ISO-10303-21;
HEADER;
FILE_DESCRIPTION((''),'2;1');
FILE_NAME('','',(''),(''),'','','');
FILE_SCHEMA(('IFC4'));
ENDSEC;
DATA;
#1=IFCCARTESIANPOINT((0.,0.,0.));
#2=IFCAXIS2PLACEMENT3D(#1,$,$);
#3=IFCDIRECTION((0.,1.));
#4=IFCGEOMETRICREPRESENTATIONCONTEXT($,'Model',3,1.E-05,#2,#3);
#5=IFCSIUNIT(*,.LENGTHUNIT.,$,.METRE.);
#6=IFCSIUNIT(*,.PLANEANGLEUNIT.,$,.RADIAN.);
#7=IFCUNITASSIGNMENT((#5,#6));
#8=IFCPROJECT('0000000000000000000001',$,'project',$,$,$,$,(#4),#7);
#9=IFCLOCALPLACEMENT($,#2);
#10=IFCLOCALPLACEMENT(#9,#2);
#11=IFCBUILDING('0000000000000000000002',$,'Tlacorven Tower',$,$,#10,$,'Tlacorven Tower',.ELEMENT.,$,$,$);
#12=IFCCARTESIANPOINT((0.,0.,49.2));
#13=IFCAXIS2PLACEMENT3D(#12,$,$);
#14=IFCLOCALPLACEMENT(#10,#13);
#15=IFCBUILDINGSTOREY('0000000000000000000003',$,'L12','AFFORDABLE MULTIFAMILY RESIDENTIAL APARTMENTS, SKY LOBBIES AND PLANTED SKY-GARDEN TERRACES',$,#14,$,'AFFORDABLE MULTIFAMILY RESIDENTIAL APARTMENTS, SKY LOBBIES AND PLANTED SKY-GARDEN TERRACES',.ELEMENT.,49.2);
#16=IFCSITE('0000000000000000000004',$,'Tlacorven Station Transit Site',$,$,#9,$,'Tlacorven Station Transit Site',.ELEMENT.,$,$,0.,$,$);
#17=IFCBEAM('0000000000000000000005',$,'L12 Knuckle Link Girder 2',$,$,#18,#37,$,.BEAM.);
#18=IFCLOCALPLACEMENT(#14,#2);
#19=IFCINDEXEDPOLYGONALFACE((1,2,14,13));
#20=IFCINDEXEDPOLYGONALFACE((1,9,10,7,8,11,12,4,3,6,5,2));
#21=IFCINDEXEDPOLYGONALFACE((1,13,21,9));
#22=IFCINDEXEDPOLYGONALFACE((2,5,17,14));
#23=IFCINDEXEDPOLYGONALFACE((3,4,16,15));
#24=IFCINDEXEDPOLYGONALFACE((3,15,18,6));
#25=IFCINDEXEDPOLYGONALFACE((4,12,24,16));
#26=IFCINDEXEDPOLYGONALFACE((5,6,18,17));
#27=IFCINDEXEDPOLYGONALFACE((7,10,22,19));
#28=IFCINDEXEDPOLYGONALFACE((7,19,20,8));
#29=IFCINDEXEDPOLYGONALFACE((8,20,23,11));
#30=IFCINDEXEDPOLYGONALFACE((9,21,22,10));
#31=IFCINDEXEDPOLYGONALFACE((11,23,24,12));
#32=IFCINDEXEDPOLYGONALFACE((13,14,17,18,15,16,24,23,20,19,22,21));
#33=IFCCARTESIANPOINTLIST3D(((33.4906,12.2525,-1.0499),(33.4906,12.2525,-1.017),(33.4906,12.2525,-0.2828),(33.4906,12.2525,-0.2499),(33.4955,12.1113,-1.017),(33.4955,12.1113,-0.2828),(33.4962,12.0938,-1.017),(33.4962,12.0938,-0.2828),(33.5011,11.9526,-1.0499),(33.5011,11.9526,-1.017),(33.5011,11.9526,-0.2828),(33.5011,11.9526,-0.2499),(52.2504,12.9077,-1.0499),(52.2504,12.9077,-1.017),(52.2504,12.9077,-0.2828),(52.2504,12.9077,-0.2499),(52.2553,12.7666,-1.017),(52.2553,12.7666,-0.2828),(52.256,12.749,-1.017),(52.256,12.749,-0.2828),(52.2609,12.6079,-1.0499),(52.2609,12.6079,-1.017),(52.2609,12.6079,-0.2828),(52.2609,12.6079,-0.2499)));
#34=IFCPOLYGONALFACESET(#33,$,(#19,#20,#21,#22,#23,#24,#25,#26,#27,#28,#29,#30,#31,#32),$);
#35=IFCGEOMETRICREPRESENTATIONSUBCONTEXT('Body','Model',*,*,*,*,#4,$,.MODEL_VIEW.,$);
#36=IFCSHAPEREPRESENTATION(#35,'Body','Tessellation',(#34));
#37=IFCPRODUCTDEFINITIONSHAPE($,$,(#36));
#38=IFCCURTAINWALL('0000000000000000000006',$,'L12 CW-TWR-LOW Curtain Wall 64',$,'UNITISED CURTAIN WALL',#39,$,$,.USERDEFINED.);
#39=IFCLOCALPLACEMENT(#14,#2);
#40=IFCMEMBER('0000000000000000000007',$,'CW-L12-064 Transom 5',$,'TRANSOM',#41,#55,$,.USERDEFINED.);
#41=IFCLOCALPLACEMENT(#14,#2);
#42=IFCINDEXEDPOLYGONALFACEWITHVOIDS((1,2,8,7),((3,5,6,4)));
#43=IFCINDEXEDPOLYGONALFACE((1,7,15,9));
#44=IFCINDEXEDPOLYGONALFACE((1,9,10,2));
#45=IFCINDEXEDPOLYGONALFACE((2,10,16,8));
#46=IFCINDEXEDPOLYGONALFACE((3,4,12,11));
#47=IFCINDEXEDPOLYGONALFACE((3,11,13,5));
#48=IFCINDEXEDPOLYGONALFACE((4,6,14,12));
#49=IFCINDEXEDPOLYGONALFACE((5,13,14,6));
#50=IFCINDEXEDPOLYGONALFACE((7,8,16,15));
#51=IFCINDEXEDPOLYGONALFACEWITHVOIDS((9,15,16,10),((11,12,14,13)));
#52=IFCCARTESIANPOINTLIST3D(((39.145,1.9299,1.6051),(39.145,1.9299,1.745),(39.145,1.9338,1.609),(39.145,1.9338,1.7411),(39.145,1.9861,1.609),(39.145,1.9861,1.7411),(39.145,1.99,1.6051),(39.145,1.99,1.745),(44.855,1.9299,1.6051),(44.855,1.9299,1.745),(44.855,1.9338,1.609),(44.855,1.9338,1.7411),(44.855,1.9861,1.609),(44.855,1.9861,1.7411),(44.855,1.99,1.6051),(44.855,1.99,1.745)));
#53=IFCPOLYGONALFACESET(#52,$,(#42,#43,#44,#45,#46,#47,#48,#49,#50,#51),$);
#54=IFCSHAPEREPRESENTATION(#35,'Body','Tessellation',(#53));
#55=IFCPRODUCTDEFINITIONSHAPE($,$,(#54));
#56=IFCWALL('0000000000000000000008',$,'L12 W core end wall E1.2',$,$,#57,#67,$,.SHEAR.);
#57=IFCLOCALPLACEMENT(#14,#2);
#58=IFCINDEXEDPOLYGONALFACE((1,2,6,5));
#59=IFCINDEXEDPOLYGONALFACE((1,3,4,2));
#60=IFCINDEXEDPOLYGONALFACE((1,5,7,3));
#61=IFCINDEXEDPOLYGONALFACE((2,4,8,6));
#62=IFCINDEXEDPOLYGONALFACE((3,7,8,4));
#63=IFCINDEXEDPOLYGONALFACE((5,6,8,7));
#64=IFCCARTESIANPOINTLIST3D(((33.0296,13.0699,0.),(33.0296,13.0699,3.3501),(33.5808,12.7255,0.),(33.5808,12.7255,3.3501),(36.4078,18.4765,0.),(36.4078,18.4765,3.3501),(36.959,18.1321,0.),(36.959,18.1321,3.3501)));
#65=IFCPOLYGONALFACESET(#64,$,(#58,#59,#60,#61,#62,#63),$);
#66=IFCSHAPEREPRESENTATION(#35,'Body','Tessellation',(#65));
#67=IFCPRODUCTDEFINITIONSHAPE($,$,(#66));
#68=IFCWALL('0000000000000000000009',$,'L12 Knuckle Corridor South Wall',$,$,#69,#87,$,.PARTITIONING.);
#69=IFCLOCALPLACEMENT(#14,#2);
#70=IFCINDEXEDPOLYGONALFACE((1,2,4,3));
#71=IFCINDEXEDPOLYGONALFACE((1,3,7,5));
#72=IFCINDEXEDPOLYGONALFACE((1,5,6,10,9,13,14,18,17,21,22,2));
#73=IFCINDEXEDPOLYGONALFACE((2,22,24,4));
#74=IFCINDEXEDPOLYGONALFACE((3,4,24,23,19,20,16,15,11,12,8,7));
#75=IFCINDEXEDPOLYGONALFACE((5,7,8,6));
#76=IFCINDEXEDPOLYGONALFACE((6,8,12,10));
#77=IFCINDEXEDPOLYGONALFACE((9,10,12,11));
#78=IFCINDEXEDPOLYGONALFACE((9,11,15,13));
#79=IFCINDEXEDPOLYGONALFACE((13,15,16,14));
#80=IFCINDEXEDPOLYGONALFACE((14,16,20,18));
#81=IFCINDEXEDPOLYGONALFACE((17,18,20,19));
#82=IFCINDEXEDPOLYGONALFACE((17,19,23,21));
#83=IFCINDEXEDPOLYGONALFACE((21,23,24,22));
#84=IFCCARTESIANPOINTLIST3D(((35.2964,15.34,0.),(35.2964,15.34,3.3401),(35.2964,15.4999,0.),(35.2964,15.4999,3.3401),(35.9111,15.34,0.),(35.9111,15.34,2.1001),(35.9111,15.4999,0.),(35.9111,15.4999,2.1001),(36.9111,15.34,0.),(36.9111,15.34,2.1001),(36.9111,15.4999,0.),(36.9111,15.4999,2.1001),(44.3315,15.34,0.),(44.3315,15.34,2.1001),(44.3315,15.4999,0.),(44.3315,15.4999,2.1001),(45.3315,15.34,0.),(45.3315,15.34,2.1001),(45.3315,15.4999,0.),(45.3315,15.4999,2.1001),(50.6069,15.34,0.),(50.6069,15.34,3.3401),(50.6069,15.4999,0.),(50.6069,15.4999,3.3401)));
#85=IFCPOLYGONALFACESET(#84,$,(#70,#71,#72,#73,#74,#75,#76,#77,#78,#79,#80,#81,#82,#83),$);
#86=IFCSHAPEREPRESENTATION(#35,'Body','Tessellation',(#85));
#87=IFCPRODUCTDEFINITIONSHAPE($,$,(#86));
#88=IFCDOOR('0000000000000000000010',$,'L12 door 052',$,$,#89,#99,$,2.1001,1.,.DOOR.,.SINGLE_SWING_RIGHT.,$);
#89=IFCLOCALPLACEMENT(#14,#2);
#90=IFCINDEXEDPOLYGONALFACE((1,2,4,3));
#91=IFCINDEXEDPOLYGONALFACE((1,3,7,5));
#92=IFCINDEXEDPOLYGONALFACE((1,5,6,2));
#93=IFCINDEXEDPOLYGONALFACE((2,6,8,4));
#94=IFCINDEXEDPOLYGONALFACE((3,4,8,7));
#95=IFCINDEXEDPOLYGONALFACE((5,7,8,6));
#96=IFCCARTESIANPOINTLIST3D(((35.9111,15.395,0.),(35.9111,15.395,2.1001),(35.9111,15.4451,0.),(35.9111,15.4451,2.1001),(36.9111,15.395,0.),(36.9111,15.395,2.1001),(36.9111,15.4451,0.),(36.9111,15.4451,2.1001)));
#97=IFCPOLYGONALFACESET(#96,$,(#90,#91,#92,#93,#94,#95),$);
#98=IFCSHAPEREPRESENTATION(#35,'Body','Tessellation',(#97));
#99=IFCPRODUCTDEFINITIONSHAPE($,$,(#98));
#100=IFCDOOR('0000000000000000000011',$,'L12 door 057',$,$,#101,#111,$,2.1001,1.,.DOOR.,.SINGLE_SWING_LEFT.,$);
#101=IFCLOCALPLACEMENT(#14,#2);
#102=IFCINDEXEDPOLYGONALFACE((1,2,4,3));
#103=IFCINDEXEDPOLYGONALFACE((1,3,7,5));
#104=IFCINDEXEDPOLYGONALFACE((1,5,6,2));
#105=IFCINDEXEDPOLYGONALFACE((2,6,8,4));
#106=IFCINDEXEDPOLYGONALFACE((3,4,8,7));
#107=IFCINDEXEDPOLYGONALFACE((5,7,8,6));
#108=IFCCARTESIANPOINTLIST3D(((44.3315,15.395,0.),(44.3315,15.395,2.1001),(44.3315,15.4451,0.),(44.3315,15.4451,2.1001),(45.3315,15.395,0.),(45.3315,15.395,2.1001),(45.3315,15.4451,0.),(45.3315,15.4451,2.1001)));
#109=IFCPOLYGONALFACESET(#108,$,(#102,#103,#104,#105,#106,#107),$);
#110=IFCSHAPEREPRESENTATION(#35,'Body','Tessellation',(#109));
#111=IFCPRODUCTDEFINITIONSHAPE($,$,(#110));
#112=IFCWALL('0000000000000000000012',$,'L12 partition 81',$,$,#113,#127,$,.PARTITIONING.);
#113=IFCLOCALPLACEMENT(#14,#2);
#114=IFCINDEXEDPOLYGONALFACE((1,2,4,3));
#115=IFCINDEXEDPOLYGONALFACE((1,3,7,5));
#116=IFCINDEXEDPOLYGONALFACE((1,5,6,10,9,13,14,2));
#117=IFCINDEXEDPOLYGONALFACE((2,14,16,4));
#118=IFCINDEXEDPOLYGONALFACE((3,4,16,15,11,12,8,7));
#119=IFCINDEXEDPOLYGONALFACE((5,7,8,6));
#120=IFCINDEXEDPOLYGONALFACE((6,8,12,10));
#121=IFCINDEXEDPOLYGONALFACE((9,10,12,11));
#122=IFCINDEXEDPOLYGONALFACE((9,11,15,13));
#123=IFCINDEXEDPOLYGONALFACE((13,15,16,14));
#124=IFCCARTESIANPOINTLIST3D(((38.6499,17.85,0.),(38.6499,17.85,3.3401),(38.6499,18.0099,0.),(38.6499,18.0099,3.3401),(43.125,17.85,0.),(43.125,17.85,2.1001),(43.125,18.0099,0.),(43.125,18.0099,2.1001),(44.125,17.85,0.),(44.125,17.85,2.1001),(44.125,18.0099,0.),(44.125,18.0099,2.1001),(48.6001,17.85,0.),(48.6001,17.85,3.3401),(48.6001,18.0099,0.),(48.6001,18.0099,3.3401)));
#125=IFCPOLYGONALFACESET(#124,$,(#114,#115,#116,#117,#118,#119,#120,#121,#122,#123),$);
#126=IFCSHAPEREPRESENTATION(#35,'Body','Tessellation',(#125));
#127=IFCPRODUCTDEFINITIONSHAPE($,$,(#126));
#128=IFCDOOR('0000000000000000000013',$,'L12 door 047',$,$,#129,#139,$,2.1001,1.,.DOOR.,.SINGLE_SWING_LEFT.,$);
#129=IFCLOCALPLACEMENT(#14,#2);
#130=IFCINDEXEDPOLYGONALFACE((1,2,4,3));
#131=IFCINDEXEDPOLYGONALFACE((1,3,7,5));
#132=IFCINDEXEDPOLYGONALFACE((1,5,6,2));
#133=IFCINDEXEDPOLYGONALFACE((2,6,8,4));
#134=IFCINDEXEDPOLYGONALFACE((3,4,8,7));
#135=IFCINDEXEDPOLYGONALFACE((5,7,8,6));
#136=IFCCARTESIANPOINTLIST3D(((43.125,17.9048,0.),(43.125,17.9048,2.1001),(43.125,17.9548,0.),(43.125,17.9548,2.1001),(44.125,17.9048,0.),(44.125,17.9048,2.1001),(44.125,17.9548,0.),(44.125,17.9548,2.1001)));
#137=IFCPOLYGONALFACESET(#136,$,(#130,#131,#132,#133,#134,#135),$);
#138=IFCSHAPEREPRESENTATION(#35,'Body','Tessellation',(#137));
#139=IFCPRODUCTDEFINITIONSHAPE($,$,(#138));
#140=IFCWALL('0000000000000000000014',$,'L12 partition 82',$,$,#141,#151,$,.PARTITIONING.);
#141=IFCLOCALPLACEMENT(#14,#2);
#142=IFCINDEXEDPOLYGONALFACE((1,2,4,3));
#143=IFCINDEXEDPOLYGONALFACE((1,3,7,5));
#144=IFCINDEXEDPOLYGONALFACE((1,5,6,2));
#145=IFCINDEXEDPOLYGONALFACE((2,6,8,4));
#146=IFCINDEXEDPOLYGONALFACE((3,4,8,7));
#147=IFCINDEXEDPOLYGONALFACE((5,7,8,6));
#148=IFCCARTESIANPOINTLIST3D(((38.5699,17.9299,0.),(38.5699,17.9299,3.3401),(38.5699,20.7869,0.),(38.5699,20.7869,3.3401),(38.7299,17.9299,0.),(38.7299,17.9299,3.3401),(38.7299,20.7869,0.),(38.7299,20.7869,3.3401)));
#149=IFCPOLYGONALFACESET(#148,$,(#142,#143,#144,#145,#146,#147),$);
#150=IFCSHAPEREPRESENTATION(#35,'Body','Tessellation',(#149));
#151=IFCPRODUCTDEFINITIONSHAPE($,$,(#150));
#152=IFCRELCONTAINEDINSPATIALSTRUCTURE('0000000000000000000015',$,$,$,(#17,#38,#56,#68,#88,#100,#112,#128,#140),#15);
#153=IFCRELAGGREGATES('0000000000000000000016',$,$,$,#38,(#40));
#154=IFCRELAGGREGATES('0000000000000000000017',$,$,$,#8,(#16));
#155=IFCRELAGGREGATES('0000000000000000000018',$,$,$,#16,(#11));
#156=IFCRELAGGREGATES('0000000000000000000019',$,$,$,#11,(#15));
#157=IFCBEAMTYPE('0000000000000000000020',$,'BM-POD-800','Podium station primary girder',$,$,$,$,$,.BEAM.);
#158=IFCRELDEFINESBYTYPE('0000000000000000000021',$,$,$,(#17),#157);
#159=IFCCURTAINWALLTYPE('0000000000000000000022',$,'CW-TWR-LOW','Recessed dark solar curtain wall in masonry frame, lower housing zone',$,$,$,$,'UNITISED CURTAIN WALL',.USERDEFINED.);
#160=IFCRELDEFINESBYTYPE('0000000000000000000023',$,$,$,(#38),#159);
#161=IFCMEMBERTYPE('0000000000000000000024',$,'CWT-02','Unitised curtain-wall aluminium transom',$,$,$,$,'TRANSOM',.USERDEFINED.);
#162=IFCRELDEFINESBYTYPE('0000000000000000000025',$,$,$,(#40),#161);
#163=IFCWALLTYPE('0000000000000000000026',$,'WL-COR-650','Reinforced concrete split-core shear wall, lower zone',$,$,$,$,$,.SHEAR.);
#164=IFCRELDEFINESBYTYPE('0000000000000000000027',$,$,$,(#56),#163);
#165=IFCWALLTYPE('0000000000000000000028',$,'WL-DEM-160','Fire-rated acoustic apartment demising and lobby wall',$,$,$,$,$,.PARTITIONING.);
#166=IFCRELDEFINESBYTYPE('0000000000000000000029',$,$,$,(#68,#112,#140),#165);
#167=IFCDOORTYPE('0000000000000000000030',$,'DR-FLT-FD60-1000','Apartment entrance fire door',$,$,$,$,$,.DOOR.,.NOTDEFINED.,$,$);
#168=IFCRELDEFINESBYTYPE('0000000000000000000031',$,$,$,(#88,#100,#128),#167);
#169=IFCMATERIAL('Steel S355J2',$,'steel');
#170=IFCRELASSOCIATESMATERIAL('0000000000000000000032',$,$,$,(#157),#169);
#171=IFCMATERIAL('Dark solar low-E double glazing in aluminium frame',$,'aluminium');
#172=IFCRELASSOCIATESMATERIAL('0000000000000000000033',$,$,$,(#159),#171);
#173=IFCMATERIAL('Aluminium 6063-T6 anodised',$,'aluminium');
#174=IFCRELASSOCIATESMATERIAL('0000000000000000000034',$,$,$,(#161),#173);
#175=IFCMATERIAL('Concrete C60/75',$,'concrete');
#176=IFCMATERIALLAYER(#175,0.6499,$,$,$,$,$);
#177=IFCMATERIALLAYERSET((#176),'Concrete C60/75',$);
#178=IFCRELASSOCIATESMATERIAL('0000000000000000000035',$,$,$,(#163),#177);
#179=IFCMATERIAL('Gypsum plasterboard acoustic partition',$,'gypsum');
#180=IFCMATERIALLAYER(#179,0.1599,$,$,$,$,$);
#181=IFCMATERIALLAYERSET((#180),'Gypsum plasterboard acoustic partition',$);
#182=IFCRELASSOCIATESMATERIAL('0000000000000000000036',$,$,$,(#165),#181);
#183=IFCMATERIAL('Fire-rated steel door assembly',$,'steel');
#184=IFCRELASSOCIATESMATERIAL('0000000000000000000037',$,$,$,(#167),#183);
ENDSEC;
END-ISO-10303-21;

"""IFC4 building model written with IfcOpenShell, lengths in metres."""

from ifc_helpers import new_model, si_unit, direction, frame, frame_2d, origin, origin_2d, place, context, subcontext, project, spatial, rectangle, hollow_rectangle, i_section, extrude, source, transform, mapped, material, layer, layer_set, material_profile, profile_set, type_object, element, fill, aggregate, save


model = new_model("IFC4")

# Units and contexts
model_context = context("Model", 3, precision=1e-05, world=origin(), true_north=direction((0.0, 1.0)))
body_context = subcontext(model_context, "Body", "Model", "MODEL_VIEW")
ifc_project = project(units=[si_unit("LENGTHUNIT", "METRE"), si_unit("PLANEANGLEUNIT", "RADIAN")], contexts=[model_context])

# Site, building, storey
site_placement = place(None, origin())
site = spatial("IfcSite", under=ifc_project, at=site_placement, Name="Tlacorven Station Transit Site", LongName="Tlacorven Station Transit Site", CompositionType="ELEMENT", RefElevation=0.0)
building_placement = place(site_placement, origin())
building = spatial("IfcBuilding", under=site, at=building_placement, Name="Tlacorven Tower", LongName="Tlacorven Tower", CompositionType="ELEMENT")
storey_placement = place(building_placement, frame((0.0, 0.0, 49.2)))
storey = spatial("IfcBuildingStorey", under=building, at=storey_placement, Name="L12", Description="AFFORDABLE MULTIFAMILY RESIDENTIAL APARTMENTS, SKY LOBBIES AND PLANTED SKY-GARDEN TERRACES", LongName="AFFORDABLE MULTIFAMILY RESIDENTIAL APARTMENTS, SKY LOBBIES AND PLANTED SKY-GARDEN TERRACES", CompositionType="ELEMENT", Elevation=49.2)

# Beam
ifc_material_1 = material(Name="Steel S355J2", Category="steel")
ifc_material_profile_1 = material_profile(ifc_material_1, i_section(OverallWidth=0.3, OverallDepth=0.8, WebThickness=0.0176, FlangeThickness=0.033, at=origin_2d()), Name="HEB 800")
ifc_profile_set_1 = profile_set([ifc_material_profile_1], Name="Steel S355J2")
beam_type = type_object("IfcBeamType", Name="BM-POD-800", Description="Podium station primary girder", PredefinedType="BEAM", material=ifc_profile_set_1)
shared_shape_1 = source(origin(), body_context, "Body", "SweptSolid", [
    extrude(i_section(OverallWidth=0.3, OverallDepth=0.8, WebThickness=0.0176, FlangeThickness=0.033, at=origin_2d()), origin(), (0.0, 0.0, 1.0), 18.7712),
])
beam_placement = place(storey_placement, frame((33.4958, 12.1025, -0.6499), z_axis=(0.999391, 0.034908, 0.0), x_axis=(-0.034908, 0.999391, 0.0)))
element("IfcBeam", 1, at=beam_placement, inside=storey, type_object=beam_type, Name="L12 Knuckle Link Girder 2", PredefinedType="BEAM", context=body_context, shape_type="MappedRepresentation", body=[
    mapped(shared_shape_1, transform((0.0, 0.0, 0.0), scale=1.0)),
])

# Curtain wall, member
ifc_material_2 = material(Name="Dark solar low-E double glazing in aluminium frame", Category="aluminium")
curtain_wall_type = type_object("IfcCurtainWallType", Name="CW-TWR-LOW", Description="Recessed dark solar curtain wall in masonry frame, lower housing zone", ElementType="UNITISED CURTAIN WALL", PredefinedType="USERDEFINED", material=ifc_material_2)
curtain_wall_placement = place(storey_placement, origin())
curtain_wall = element("IfcCurtainWall", 2, at=curtain_wall_placement, inside=storey, type_object=curtain_wall_type, Name="L12 CW-TWR-LOW Curtain Wall 64", ObjectType="UNITISED CURTAIN WALL", PredefinedType="USERDEFINED")
ifc_material_3 = material(Name="Aluminium 6063-T6 anodised", Category="aluminium")
ifc_material_profile_2 = material_profile(ifc_material_3, hollow_rectangle(XDim=0.0601, YDim=0.1399, WallThickness=0.0039, at=origin_2d()), Name="ALU TRANSOM 60X140")
ifc_profile_set_2 = profile_set([ifc_material_profile_2], Name="Aluminium 6063-T6 anodised")
member_type = type_object("IfcMemberType", Name="CWT-02", Description="Unitised curtain-wall aluminium transom", ElementType="TRANSOM", PredefinedType="USERDEFINED", material=ifc_profile_set_2)
shared_shape_2 = source(origin(), body_context, "Body", "SweptSolid", [
    extrude(hollow_rectangle(XDim=0.0601, YDim=0.1399, WallThickness=0.0039, at=origin_2d()), origin(), (0.0, 0.0, 1.0), 5.71),
])
member_placement = place(storey_placement, frame((44.855, 1.96, 1.675), z_axis=(-1.0, 0.0, 0.0), x_axis=(0.0, -1.0, 0.0)))
member = element("IfcMember", 3, at=member_placement, type_object=member_type, Name="CW-L12-064 Transom 5", ObjectType="TRANSOM", PredefinedType="USERDEFINED", context=body_context, shape_type="MappedRepresentation", body=[
    mapped(shared_shape_2, transform((0.0, 0.0, 0.0), scale=1.0)),
])
aggregate(curtain_wall, [member])

# Wall
ifc_material_4 = material(Name="Concrete C60/75", Category="concrete")
ifc_layer_1 = layer(ifc_material_4, 0.6499)
ifc_layer_set_1 = layer_set([ifc_layer_1], Name="Concrete C60/75")
wall_type_1 = type_object("IfcWallType", Name="WL-COR-650", Description="Reinforced concrete split-core shear wall, lower zone", PredefinedType="SHEAR", material=ifc_layer_set_1)
wall_1_placement = place(storey_placement, frame((36.6833, 18.3042, 0.0), z_axis=(0.0, 0.0, 1.0), x_axis=(-0.529899, -0.848061, 0.0)))
element("IfcWall", 4, at=wall_1_placement, inside=storey, type_object=wall_type_1, Name="L12 W core end wall E1.2", PredefinedType="SHEAR", context=body_context, shape_type="SweptSolid", body=[
    extrude(rectangle(XDim=6.3752, YDim=0.6499, at=frame_2d((3.1875, 0.0))), origin(), (0.0, 0.0, 1.0), 3.3501),
])

# Wall, openings, doors
ifc_material_5 = material(Name="Gypsum plasterboard acoustic partition", Category="gypsum")
ifc_layer_2 = layer(ifc_material_5, 0.1599)
ifc_layer_set_2 = layer_set([ifc_layer_2], Name="Gypsum plasterboard acoustic partition")
wall_type_2 = type_object("IfcWallType", Name="WL-DEM-160", Description="Fire-rated acoustic apartment demising and lobby wall", PredefinedType="PARTITIONING", material=ifc_layer_set_2)
wall_2_placement = place(storey_placement, frame((35.2964, 15.4199, 0.0), z_axis=(0.0, 0.0, 1.0), x_axis=(1.0, 0.0, 0.0)))
wall_2 = element("IfcWall", 5, at=wall_2_placement, inside=storey, type_object=wall_type_2, Name="L12 Knuckle Corridor South Wall", PredefinedType="PARTITIONING", context=body_context, shape_type="SweptSolid", body=[
    extrude(rectangle(XDim=15.3105, YDim=0.1599, at=frame_2d((7.6553, 0.0))), origin(), (0.0, 0.0, 1.0), 3.3401),
])
opening_1_placement = place(wall_2_placement, frame((0.6147, 0.0, 0.0)))
opening_1 = element("IfcOpeningElement", 6, at=opening_1_placement, cuts=wall_2, PredefinedType="OPENING", context=body_context, shape_type="SweptSolid", body=[
    extrude(rectangle(XDim=1.0, YDim=2.1001, at=frame_2d((0.5, 1.05))), frame((0.0, 0.0898, 0.0), z_axis=(0.0, -1.0, 0.0), x_axis=(1.0, 0.0, 0.0)), (0.0, 0.0, 1.0), 0.1799),
])
opening_2_placement = place(wall_2_placement, frame((9.0352, 0.0, 0.0)))
opening_2 = element("IfcOpeningElement", 7, at=opening_2_placement, cuts=wall_2, PredefinedType="OPENING", context=body_context, shape_type="SweptSolid", body=[
    extrude(rectangle(XDim=1.0, YDim=2.1001, at=frame_2d((0.5, 1.05))), frame((0.0, 0.0898, 0.0), z_axis=(0.0, -1.0, 0.0), x_axis=(1.0, 0.0, 0.0)), (0.0, 0.0, 1.0), 0.1799),
])
ifc_material_6 = material(Name="Fire-rated steel door assembly", Category="steel")
door_type_1 = type_object("IfcDoorType", Name="DR-FLT-FD60-1000", Description="Apartment entrance fire door", OperationType="NOTDEFINED", PredefinedType="DOOR", material=ifc_material_6)
shared_shape_3 = source(origin(), body_context, "Body", "SweptSolid", [
    extrude(rectangle(XDim=1.0, YDim=2.1001, at=frame_2d((0.5, 1.05))), frame((0.0, 0.0249, 0.0), z_axis=(0.0, -1.0, 0.0), x_axis=(1.0, 0.0, 0.0)), (0.0, 0.0, 1.0), 0.05),
])
door_1_placement = place(opening_1_placement, frame((1.0, 0.0, 0.0), z_axis=(0.0, 0.0, 1.0), x_axis=(-1.0, 0.0, 0.0)))
door_1 = element("IfcDoor", 8, at=door_1_placement, inside=storey, type_object=door_type_1, Name="L12 door 052", OperationType="SINGLE_SWING_RIGHT", OverallHeight=2.1001, OverallWidth=1.0, PredefinedType="DOOR", context=body_context, shape_type="MappedRepresentation", body=[
    mapped(shared_shape_3, transform((0.0, 0.0, 0.0), scale=1.0)),
])
fill(opening_1, door_1)
door_2_placement = place(opening_2_placement, frame((1.0, 0.0, 0.0), z_axis=(0.0, 0.0, 1.0), x_axis=(-1.0, 0.0, 0.0)))
door_2 = element("IfcDoor", 9, at=door_2_placement, inside=storey, type_object=door_type_1, Name="L12 door 057", OperationType="SINGLE_SWING_LEFT", OverallHeight=2.1001, OverallWidth=1.0, PredefinedType="DOOR", context=body_context, shape_type="MappedRepresentation", body=[
    mapped(shared_shape_3, transform((0.0, 0.0, 0.0), scale=1.0)),
])
fill(opening_2, door_2)

# Wall, opening, door
wall_3_placement = place(storey_placement, frame((38.6499, 17.9299, 0.0), z_axis=(0.0, 0.0, 1.0), x_axis=(1.0, 0.0, 0.0)))
wall_3 = element("IfcWall", 10, at=wall_3_placement, inside=storey, type_object=wall_type_2, Name="L12 partition 81", PredefinedType="PARTITIONING", context=body_context, shape_type="SweptSolid", body=[
    extrude(rectangle(XDim=9.9502, YDim=0.1599, at=frame_2d((4.9751, 0.0))), origin(), (0.0, 0.0, 1.0), 3.3401),
])
opening_3_placement = place(wall_3_placement, frame((4.4751, 0.0, 0.0)))
opening_3 = element("IfcOpeningElement", 11, at=opening_3_placement, cuts=wall_3, PredefinedType="OPENING", context=body_context, shape_type="SweptSolid", body=[
    extrude(rectangle(XDim=1.0, YDim=2.1001, at=frame_2d((0.5, 1.05))), frame((0.0, 0.0898, 0.0), z_axis=(0.0, -1.0, 0.0), x_axis=(1.0, 0.0, 0.0)), (0.0, 0.0, 1.0), 0.1799),
])
door_3_placement = place(opening_3_placement, origin())
door_3 = element("IfcDoor", 12, at=door_3_placement, inside=storey, type_object=door_type_1, Name="L12 door 047", OperationType="SINGLE_SWING_LEFT", OverallHeight=2.1001, OverallWidth=1.0, PredefinedType="DOOR", context=body_context, shape_type="MappedRepresentation", body=[
    mapped(shared_shape_3, transform((0.0, 0.0, 0.0), scale=1.0)),
])
fill(opening_3, door_3)

# Wall
wall_4_placement = place(storey_placement, frame((38.6499, 17.9299, 0.0), z_axis=(0.0, 0.0, 1.0), x_axis=(0.0, 1.0, 0.0)))
element("IfcWall", 13, at=wall_4_placement, inside=storey, type_object=wall_type_2, Name="L12 partition 82", PredefinedType="PARTITIONING", context=body_context, shape_type="SweptSolid", body=[
    extrude(rectangle(XDim=2.8569, YDim=0.1599, at=frame_2d((1.4285, 0.0))), origin(), (0.0, 0.0, 1.0), 3.3401),
])

save(model, "model.ifc")
